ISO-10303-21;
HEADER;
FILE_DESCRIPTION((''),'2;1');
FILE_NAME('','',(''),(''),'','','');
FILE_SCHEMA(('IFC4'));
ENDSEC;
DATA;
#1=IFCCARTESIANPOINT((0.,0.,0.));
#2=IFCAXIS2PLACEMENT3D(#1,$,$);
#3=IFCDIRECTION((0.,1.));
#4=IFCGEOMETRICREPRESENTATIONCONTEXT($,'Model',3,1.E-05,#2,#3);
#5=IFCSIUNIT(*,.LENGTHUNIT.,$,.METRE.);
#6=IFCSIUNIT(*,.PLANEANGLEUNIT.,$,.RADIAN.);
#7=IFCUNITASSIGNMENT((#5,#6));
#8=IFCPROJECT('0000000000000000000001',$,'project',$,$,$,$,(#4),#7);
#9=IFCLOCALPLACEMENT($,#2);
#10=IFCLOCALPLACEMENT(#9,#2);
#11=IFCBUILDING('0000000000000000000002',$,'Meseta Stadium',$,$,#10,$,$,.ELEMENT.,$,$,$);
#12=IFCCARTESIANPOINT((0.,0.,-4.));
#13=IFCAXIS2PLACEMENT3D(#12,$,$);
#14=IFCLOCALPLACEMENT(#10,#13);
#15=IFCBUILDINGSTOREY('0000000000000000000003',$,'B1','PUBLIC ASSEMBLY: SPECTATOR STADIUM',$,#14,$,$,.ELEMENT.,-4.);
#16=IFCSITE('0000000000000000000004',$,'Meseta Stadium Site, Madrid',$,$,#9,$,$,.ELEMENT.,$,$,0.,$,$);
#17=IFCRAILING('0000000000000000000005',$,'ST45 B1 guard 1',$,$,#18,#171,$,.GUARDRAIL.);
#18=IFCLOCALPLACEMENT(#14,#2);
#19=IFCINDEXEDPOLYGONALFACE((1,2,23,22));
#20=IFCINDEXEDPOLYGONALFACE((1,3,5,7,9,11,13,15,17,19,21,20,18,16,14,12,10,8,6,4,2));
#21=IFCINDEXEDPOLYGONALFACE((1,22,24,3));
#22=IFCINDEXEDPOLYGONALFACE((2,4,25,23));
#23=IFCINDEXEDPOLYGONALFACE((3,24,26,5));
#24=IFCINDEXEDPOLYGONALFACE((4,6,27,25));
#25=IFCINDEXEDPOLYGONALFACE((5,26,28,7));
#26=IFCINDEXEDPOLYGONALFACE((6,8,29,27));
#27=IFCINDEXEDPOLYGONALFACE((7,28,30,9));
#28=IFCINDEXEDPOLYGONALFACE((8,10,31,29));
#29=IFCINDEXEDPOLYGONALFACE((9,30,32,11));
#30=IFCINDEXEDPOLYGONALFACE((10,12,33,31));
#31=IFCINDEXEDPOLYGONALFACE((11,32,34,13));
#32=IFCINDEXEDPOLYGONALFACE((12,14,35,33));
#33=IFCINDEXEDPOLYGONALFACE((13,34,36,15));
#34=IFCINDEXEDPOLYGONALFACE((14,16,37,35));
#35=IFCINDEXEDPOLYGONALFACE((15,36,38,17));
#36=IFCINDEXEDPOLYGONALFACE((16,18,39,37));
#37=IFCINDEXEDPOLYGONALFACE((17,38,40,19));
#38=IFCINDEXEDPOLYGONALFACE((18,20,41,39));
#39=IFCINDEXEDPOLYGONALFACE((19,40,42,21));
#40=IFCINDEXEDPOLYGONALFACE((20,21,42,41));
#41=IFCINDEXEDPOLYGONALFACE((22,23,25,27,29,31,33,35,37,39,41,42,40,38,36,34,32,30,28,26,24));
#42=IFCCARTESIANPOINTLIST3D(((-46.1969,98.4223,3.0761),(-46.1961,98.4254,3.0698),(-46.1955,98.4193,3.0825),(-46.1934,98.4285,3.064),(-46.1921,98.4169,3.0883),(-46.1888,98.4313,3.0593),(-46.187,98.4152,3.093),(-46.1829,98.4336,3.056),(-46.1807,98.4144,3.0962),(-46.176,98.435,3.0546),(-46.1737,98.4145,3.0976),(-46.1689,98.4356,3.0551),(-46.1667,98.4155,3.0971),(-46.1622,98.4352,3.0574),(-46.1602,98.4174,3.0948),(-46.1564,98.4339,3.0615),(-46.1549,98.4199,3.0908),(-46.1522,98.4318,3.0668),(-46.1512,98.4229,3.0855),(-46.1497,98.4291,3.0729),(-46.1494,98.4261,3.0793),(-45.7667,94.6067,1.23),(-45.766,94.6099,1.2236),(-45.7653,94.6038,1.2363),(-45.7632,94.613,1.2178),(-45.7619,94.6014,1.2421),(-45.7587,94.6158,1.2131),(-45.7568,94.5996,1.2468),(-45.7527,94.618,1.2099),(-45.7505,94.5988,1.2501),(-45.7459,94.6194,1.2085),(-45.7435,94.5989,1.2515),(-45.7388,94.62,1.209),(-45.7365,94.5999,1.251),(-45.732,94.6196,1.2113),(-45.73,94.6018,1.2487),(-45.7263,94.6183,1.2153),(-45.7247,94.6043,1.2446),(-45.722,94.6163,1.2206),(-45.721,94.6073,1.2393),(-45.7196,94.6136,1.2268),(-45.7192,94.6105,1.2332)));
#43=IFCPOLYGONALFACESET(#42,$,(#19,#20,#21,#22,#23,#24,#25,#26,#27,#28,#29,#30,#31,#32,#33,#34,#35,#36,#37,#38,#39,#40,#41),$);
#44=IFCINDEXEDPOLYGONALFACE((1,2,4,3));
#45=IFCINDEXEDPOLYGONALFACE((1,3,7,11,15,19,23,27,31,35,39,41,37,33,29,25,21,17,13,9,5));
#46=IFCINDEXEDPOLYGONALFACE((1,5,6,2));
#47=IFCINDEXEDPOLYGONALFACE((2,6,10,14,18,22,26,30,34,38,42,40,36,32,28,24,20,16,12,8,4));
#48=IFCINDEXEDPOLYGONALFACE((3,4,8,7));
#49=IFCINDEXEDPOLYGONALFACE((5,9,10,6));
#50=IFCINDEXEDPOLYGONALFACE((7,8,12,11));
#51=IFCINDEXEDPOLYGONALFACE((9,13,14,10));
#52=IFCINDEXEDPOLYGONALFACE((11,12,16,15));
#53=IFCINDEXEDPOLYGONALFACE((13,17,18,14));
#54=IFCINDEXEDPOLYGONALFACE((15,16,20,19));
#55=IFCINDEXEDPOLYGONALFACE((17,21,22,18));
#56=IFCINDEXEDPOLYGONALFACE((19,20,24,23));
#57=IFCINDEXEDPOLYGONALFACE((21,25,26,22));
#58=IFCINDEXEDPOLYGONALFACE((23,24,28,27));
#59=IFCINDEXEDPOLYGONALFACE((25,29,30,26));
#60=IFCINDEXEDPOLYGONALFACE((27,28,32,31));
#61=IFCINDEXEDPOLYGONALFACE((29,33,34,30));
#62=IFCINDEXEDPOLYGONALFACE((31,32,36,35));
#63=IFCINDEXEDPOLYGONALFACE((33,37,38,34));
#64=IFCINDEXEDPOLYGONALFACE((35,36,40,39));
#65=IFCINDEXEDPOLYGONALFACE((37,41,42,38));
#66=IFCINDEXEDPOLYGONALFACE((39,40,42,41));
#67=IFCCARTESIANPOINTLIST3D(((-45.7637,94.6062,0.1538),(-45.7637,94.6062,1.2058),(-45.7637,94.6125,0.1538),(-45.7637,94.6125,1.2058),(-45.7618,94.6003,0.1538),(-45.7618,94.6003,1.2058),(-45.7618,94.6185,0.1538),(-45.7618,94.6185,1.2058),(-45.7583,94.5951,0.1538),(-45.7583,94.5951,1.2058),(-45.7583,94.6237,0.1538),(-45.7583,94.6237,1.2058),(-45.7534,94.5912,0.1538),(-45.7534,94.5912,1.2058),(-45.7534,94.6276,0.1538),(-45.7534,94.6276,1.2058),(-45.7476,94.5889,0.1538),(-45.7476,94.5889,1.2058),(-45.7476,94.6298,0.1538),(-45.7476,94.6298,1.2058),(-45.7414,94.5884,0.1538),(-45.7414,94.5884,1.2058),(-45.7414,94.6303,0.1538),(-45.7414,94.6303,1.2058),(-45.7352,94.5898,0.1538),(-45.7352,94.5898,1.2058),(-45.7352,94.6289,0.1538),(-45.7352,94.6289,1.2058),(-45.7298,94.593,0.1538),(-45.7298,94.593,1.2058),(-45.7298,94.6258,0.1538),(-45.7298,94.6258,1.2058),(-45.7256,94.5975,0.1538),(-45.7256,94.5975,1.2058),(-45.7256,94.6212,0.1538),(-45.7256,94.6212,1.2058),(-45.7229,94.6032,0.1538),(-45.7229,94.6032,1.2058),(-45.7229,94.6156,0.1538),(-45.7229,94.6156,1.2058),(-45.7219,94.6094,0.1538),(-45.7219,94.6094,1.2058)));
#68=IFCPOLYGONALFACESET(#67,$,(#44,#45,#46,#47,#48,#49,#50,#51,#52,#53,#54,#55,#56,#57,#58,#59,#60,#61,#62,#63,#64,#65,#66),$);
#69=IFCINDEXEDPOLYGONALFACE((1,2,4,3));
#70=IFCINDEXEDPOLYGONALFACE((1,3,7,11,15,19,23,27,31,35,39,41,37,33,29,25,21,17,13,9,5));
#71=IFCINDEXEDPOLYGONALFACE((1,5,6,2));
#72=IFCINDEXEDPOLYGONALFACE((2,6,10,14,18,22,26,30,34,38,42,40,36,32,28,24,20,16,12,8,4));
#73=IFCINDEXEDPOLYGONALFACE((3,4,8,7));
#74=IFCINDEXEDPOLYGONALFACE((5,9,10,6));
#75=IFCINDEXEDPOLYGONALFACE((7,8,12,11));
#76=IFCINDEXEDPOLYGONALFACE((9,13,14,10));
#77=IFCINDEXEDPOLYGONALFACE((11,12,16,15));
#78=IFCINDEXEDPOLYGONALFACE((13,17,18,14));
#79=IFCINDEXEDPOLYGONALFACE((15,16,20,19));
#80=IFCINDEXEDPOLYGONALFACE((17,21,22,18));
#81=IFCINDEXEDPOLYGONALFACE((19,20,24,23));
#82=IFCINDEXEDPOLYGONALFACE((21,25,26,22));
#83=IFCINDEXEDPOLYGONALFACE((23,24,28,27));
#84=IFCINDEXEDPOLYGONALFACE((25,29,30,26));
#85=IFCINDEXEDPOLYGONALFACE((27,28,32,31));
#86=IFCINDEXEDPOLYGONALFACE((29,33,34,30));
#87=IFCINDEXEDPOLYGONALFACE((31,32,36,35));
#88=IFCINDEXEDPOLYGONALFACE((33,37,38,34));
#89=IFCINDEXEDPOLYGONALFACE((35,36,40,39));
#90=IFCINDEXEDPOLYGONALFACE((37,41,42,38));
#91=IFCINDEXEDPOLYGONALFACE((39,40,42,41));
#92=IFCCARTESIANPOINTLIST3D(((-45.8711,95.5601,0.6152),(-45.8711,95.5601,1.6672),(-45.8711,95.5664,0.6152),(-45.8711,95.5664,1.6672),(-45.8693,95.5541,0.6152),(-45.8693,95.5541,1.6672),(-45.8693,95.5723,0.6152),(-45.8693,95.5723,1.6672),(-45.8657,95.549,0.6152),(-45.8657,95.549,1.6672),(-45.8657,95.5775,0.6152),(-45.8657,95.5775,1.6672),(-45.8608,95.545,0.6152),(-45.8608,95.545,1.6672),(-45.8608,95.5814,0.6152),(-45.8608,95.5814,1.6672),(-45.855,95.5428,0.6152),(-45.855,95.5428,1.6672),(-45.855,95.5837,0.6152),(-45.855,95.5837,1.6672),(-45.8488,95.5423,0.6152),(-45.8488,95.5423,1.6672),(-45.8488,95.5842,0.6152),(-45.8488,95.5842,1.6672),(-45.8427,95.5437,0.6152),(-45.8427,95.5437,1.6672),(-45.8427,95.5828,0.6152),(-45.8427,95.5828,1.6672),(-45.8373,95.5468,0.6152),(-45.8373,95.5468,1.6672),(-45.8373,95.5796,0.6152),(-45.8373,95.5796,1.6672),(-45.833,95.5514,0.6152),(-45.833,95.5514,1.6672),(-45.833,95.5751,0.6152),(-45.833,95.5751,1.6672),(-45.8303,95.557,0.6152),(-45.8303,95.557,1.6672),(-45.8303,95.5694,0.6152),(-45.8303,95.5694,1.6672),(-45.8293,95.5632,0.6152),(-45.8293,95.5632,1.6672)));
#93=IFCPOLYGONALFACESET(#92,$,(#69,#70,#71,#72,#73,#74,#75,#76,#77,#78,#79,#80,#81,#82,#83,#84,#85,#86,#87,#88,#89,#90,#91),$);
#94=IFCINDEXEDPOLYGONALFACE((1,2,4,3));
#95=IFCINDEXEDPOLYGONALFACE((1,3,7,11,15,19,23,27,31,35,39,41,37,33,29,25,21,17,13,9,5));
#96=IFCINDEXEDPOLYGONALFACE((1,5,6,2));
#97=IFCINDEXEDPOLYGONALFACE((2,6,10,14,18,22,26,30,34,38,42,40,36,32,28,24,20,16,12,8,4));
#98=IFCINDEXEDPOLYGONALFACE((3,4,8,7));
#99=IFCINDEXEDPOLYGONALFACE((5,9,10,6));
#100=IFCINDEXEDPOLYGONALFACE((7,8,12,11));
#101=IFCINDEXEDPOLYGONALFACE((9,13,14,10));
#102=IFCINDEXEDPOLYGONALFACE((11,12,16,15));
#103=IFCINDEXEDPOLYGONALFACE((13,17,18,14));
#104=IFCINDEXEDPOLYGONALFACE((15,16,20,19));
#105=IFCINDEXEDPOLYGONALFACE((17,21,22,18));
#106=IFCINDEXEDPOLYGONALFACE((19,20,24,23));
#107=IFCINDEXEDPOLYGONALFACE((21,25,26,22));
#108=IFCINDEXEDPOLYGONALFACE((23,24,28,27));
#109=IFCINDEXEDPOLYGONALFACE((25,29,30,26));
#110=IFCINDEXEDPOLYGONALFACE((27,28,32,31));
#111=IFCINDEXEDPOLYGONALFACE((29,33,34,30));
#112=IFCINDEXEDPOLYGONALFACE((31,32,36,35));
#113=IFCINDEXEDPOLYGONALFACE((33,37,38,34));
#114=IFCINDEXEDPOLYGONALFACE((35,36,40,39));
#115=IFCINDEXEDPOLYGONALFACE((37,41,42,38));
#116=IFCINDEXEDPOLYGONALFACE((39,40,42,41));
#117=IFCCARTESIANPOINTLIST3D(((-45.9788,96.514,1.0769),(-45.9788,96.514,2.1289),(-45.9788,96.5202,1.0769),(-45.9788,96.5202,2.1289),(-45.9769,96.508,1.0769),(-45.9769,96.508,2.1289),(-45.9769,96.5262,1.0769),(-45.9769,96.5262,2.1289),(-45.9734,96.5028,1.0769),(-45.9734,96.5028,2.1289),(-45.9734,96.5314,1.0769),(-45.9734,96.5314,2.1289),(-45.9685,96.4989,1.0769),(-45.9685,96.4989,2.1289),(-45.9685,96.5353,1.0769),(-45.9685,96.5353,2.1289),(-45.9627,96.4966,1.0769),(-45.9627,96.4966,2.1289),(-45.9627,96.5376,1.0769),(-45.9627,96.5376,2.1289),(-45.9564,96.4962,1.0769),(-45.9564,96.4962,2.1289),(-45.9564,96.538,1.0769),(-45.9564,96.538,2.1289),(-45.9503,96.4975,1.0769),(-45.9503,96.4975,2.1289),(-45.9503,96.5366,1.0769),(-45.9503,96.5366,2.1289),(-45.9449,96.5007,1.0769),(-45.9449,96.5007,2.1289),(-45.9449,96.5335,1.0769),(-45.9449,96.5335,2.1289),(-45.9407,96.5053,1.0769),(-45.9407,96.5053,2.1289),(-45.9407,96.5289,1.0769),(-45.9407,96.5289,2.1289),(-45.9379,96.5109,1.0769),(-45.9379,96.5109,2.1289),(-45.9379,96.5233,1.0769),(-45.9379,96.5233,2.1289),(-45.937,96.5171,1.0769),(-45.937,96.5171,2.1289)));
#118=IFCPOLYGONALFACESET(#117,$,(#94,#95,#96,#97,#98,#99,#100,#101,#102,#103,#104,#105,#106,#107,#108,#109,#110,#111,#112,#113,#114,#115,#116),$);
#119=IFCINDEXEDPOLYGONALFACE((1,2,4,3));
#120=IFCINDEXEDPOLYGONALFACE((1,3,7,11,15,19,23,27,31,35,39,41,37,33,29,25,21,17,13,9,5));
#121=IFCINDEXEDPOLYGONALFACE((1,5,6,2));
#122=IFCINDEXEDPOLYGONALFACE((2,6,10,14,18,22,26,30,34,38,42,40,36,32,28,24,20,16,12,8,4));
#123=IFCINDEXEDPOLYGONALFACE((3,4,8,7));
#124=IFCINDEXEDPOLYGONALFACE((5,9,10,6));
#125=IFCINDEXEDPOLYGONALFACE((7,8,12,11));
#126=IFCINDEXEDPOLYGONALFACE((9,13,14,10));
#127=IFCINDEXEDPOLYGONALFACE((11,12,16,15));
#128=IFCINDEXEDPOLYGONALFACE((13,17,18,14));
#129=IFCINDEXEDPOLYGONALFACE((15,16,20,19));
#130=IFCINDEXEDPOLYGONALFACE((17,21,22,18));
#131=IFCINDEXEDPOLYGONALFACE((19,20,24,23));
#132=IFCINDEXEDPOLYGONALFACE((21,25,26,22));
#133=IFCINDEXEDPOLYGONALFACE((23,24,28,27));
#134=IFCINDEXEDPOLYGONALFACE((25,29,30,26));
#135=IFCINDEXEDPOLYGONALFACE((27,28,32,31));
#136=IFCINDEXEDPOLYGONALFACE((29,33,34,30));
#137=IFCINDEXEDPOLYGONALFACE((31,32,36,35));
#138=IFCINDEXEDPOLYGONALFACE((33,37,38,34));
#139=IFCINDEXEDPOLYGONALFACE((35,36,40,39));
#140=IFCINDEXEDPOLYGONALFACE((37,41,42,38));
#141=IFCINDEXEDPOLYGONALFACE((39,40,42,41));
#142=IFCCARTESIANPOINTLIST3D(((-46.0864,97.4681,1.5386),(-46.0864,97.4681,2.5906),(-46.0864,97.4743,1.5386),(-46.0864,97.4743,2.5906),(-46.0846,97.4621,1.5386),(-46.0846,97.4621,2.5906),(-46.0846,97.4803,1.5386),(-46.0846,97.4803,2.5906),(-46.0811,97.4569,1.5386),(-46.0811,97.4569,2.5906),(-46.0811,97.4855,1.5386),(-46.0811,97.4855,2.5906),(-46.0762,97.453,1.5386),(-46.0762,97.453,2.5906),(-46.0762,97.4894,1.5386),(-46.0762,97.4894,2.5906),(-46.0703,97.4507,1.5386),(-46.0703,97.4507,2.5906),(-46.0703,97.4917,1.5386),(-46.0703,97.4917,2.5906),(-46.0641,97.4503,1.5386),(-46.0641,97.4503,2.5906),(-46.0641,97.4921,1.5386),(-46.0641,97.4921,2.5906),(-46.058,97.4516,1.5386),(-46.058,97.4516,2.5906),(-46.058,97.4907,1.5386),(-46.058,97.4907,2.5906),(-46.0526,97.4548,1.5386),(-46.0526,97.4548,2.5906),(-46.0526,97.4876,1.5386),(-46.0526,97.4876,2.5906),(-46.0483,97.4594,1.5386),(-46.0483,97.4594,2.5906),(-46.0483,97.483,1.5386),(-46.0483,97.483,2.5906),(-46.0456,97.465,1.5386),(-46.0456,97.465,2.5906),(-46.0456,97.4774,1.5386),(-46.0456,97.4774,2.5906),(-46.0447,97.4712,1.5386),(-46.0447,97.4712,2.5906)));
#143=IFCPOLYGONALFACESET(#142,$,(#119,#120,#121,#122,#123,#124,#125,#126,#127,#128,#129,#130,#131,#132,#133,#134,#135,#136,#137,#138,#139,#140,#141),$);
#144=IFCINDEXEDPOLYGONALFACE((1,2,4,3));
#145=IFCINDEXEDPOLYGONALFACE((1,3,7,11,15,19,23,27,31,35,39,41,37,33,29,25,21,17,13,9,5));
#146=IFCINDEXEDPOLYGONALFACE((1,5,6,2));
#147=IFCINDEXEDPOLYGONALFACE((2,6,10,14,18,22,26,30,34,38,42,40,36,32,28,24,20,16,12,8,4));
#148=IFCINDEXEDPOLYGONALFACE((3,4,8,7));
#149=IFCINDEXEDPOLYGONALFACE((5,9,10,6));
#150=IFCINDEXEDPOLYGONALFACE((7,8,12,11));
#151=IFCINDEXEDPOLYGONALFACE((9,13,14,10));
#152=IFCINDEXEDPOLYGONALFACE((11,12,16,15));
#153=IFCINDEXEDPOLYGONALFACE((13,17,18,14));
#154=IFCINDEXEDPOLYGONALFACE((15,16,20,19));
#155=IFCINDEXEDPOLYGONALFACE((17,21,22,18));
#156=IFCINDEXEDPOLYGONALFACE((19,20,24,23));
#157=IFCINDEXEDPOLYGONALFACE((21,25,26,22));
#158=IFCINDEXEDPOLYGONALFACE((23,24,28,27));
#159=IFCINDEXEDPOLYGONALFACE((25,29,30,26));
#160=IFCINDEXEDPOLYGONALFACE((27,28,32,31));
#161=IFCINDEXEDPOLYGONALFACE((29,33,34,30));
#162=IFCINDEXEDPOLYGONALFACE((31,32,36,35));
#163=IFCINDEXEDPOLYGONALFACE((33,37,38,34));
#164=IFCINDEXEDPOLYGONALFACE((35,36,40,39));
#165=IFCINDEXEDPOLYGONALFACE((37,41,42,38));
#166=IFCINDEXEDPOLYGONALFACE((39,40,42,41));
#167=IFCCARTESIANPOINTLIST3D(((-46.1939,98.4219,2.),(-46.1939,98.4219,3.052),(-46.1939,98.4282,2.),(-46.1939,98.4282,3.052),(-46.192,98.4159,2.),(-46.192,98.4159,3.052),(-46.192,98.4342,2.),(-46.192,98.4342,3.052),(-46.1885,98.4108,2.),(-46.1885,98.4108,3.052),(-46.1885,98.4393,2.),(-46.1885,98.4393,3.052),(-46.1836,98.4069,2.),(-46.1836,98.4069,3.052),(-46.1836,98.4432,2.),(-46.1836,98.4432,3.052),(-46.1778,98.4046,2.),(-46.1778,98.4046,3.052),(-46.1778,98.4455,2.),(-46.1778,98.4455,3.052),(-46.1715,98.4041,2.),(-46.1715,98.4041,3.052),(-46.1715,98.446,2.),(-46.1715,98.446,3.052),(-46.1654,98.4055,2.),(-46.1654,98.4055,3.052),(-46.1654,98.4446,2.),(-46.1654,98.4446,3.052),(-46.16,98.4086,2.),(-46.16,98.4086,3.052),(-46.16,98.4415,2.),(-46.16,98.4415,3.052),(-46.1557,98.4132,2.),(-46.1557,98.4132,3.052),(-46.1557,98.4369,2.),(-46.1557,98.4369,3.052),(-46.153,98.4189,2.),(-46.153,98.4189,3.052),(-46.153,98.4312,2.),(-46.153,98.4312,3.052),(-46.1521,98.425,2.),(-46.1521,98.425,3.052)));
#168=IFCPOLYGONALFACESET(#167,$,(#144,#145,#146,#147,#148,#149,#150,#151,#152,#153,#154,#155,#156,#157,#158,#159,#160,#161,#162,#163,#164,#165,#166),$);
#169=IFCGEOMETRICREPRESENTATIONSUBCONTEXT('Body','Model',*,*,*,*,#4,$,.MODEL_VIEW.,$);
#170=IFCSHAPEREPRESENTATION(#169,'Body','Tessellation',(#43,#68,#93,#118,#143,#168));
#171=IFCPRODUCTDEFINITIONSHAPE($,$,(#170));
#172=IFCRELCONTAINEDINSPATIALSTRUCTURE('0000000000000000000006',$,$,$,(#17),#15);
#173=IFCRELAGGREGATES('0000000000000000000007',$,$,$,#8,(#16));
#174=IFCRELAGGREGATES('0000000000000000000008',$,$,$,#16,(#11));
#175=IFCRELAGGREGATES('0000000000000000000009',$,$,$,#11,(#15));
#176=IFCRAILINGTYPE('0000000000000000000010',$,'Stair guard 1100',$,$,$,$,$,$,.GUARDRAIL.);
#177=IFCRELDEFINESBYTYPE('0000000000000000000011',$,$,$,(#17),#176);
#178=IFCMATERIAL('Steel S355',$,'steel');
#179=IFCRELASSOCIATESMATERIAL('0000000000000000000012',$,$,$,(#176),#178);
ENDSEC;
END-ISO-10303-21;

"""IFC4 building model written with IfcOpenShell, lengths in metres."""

from ifc_helpers import new_model, si_unit, direction, frame, origin, origin_2d, place, context, subcontext, project, spatial, circle, extrude, material, type_object, element, save


model = new_model("IFC4")

# Units and contexts
model_context = context("Model", 3, precision=1e-05, world=origin(), true_north=direction((0.0, 1.0)))
body_context = subcontext(model_context, "Body", "Model", "MODEL_VIEW")
ifc_project = project(units=[si_unit("LENGTHUNIT", "METRE"), si_unit("PLANEANGLEUNIT", "RADIAN")], contexts=[model_context])

# Site, building, storey
site_placement = place(None, origin())
site = spatial("IfcSite", under=ifc_project, at=site_placement, Name="Meseta Stadium Site, Madrid", CompositionType="ELEMENT", RefElevation=0.0)
building_placement = place(site_placement, origin())
building = spatial("IfcBuilding", under=site, at=building_placement, Name="Meseta Stadium", CompositionType="ELEMENT")
storey_placement = place(building_placement, frame((0.0, 0.0, -4.0)))
storey = spatial("IfcBuildingStorey", under=building, at=storey_placement, Name="B1", Description="PUBLIC ASSEMBLY: SPECTATOR STADIUM", CompositionType="ELEMENT", Elevation=-4.0)

# Railing
ifc_material_1 = material(Name="Steel S355", Category="steel")
railing_type_1 = type_object("IfcRailingType", Name="Stair guard 1100", PredefinedType="GUARDRAIL", material=ifc_material_1)
railing_1_placement = place(storey_placement, frame((-45.7429, 94.6094, 0.1538)))
element("IfcRailing", 1, at=railing_1_placement, inside=storey, type_object=railing_type_1, Name="ST45 B1 guard 1", PredefinedType="GUARDRAIL", context=body_context, shape_type="SweptSolid", body=[
    extrude(circle(Radius=0.0239, at=origin_2d()), frame((0.0, 0.0, 1.0762), z_axis=(-0.100966, 0.895569, 0.433316), x_axis=(-0.993705, -0.112029, 0.0)), (0.0, 0.0, 1.0), 4.2605),
    extrude(circle(Radius=0.021, at=origin_2d()), origin(), (0.0, 0.0, 1.0), 1.052),
    extrude(circle(Radius=0.021, at=origin_2d()), frame((-0.1074, 0.9539, 0.4614)), (0.0, 0.0, 1.0), 1.052),
    extrude(circle(Radius=0.021, at=origin_2d()), frame((-0.2151, 1.9077, 0.9231)), (0.0, 0.0, 1.0), 1.052),
    extrude(circle(Radius=0.021, at=origin_2d()), frame((-0.3228, 2.8618, 1.3848)), (0.0, 0.0, 1.0), 1.052),
    extrude(circle(Radius=0.021, at=origin_2d()), frame((-0.4302, 3.8157, 1.8462)), (0.0, 0.0, 1.0), 1.052),
])

save(model, "model.ifc")
